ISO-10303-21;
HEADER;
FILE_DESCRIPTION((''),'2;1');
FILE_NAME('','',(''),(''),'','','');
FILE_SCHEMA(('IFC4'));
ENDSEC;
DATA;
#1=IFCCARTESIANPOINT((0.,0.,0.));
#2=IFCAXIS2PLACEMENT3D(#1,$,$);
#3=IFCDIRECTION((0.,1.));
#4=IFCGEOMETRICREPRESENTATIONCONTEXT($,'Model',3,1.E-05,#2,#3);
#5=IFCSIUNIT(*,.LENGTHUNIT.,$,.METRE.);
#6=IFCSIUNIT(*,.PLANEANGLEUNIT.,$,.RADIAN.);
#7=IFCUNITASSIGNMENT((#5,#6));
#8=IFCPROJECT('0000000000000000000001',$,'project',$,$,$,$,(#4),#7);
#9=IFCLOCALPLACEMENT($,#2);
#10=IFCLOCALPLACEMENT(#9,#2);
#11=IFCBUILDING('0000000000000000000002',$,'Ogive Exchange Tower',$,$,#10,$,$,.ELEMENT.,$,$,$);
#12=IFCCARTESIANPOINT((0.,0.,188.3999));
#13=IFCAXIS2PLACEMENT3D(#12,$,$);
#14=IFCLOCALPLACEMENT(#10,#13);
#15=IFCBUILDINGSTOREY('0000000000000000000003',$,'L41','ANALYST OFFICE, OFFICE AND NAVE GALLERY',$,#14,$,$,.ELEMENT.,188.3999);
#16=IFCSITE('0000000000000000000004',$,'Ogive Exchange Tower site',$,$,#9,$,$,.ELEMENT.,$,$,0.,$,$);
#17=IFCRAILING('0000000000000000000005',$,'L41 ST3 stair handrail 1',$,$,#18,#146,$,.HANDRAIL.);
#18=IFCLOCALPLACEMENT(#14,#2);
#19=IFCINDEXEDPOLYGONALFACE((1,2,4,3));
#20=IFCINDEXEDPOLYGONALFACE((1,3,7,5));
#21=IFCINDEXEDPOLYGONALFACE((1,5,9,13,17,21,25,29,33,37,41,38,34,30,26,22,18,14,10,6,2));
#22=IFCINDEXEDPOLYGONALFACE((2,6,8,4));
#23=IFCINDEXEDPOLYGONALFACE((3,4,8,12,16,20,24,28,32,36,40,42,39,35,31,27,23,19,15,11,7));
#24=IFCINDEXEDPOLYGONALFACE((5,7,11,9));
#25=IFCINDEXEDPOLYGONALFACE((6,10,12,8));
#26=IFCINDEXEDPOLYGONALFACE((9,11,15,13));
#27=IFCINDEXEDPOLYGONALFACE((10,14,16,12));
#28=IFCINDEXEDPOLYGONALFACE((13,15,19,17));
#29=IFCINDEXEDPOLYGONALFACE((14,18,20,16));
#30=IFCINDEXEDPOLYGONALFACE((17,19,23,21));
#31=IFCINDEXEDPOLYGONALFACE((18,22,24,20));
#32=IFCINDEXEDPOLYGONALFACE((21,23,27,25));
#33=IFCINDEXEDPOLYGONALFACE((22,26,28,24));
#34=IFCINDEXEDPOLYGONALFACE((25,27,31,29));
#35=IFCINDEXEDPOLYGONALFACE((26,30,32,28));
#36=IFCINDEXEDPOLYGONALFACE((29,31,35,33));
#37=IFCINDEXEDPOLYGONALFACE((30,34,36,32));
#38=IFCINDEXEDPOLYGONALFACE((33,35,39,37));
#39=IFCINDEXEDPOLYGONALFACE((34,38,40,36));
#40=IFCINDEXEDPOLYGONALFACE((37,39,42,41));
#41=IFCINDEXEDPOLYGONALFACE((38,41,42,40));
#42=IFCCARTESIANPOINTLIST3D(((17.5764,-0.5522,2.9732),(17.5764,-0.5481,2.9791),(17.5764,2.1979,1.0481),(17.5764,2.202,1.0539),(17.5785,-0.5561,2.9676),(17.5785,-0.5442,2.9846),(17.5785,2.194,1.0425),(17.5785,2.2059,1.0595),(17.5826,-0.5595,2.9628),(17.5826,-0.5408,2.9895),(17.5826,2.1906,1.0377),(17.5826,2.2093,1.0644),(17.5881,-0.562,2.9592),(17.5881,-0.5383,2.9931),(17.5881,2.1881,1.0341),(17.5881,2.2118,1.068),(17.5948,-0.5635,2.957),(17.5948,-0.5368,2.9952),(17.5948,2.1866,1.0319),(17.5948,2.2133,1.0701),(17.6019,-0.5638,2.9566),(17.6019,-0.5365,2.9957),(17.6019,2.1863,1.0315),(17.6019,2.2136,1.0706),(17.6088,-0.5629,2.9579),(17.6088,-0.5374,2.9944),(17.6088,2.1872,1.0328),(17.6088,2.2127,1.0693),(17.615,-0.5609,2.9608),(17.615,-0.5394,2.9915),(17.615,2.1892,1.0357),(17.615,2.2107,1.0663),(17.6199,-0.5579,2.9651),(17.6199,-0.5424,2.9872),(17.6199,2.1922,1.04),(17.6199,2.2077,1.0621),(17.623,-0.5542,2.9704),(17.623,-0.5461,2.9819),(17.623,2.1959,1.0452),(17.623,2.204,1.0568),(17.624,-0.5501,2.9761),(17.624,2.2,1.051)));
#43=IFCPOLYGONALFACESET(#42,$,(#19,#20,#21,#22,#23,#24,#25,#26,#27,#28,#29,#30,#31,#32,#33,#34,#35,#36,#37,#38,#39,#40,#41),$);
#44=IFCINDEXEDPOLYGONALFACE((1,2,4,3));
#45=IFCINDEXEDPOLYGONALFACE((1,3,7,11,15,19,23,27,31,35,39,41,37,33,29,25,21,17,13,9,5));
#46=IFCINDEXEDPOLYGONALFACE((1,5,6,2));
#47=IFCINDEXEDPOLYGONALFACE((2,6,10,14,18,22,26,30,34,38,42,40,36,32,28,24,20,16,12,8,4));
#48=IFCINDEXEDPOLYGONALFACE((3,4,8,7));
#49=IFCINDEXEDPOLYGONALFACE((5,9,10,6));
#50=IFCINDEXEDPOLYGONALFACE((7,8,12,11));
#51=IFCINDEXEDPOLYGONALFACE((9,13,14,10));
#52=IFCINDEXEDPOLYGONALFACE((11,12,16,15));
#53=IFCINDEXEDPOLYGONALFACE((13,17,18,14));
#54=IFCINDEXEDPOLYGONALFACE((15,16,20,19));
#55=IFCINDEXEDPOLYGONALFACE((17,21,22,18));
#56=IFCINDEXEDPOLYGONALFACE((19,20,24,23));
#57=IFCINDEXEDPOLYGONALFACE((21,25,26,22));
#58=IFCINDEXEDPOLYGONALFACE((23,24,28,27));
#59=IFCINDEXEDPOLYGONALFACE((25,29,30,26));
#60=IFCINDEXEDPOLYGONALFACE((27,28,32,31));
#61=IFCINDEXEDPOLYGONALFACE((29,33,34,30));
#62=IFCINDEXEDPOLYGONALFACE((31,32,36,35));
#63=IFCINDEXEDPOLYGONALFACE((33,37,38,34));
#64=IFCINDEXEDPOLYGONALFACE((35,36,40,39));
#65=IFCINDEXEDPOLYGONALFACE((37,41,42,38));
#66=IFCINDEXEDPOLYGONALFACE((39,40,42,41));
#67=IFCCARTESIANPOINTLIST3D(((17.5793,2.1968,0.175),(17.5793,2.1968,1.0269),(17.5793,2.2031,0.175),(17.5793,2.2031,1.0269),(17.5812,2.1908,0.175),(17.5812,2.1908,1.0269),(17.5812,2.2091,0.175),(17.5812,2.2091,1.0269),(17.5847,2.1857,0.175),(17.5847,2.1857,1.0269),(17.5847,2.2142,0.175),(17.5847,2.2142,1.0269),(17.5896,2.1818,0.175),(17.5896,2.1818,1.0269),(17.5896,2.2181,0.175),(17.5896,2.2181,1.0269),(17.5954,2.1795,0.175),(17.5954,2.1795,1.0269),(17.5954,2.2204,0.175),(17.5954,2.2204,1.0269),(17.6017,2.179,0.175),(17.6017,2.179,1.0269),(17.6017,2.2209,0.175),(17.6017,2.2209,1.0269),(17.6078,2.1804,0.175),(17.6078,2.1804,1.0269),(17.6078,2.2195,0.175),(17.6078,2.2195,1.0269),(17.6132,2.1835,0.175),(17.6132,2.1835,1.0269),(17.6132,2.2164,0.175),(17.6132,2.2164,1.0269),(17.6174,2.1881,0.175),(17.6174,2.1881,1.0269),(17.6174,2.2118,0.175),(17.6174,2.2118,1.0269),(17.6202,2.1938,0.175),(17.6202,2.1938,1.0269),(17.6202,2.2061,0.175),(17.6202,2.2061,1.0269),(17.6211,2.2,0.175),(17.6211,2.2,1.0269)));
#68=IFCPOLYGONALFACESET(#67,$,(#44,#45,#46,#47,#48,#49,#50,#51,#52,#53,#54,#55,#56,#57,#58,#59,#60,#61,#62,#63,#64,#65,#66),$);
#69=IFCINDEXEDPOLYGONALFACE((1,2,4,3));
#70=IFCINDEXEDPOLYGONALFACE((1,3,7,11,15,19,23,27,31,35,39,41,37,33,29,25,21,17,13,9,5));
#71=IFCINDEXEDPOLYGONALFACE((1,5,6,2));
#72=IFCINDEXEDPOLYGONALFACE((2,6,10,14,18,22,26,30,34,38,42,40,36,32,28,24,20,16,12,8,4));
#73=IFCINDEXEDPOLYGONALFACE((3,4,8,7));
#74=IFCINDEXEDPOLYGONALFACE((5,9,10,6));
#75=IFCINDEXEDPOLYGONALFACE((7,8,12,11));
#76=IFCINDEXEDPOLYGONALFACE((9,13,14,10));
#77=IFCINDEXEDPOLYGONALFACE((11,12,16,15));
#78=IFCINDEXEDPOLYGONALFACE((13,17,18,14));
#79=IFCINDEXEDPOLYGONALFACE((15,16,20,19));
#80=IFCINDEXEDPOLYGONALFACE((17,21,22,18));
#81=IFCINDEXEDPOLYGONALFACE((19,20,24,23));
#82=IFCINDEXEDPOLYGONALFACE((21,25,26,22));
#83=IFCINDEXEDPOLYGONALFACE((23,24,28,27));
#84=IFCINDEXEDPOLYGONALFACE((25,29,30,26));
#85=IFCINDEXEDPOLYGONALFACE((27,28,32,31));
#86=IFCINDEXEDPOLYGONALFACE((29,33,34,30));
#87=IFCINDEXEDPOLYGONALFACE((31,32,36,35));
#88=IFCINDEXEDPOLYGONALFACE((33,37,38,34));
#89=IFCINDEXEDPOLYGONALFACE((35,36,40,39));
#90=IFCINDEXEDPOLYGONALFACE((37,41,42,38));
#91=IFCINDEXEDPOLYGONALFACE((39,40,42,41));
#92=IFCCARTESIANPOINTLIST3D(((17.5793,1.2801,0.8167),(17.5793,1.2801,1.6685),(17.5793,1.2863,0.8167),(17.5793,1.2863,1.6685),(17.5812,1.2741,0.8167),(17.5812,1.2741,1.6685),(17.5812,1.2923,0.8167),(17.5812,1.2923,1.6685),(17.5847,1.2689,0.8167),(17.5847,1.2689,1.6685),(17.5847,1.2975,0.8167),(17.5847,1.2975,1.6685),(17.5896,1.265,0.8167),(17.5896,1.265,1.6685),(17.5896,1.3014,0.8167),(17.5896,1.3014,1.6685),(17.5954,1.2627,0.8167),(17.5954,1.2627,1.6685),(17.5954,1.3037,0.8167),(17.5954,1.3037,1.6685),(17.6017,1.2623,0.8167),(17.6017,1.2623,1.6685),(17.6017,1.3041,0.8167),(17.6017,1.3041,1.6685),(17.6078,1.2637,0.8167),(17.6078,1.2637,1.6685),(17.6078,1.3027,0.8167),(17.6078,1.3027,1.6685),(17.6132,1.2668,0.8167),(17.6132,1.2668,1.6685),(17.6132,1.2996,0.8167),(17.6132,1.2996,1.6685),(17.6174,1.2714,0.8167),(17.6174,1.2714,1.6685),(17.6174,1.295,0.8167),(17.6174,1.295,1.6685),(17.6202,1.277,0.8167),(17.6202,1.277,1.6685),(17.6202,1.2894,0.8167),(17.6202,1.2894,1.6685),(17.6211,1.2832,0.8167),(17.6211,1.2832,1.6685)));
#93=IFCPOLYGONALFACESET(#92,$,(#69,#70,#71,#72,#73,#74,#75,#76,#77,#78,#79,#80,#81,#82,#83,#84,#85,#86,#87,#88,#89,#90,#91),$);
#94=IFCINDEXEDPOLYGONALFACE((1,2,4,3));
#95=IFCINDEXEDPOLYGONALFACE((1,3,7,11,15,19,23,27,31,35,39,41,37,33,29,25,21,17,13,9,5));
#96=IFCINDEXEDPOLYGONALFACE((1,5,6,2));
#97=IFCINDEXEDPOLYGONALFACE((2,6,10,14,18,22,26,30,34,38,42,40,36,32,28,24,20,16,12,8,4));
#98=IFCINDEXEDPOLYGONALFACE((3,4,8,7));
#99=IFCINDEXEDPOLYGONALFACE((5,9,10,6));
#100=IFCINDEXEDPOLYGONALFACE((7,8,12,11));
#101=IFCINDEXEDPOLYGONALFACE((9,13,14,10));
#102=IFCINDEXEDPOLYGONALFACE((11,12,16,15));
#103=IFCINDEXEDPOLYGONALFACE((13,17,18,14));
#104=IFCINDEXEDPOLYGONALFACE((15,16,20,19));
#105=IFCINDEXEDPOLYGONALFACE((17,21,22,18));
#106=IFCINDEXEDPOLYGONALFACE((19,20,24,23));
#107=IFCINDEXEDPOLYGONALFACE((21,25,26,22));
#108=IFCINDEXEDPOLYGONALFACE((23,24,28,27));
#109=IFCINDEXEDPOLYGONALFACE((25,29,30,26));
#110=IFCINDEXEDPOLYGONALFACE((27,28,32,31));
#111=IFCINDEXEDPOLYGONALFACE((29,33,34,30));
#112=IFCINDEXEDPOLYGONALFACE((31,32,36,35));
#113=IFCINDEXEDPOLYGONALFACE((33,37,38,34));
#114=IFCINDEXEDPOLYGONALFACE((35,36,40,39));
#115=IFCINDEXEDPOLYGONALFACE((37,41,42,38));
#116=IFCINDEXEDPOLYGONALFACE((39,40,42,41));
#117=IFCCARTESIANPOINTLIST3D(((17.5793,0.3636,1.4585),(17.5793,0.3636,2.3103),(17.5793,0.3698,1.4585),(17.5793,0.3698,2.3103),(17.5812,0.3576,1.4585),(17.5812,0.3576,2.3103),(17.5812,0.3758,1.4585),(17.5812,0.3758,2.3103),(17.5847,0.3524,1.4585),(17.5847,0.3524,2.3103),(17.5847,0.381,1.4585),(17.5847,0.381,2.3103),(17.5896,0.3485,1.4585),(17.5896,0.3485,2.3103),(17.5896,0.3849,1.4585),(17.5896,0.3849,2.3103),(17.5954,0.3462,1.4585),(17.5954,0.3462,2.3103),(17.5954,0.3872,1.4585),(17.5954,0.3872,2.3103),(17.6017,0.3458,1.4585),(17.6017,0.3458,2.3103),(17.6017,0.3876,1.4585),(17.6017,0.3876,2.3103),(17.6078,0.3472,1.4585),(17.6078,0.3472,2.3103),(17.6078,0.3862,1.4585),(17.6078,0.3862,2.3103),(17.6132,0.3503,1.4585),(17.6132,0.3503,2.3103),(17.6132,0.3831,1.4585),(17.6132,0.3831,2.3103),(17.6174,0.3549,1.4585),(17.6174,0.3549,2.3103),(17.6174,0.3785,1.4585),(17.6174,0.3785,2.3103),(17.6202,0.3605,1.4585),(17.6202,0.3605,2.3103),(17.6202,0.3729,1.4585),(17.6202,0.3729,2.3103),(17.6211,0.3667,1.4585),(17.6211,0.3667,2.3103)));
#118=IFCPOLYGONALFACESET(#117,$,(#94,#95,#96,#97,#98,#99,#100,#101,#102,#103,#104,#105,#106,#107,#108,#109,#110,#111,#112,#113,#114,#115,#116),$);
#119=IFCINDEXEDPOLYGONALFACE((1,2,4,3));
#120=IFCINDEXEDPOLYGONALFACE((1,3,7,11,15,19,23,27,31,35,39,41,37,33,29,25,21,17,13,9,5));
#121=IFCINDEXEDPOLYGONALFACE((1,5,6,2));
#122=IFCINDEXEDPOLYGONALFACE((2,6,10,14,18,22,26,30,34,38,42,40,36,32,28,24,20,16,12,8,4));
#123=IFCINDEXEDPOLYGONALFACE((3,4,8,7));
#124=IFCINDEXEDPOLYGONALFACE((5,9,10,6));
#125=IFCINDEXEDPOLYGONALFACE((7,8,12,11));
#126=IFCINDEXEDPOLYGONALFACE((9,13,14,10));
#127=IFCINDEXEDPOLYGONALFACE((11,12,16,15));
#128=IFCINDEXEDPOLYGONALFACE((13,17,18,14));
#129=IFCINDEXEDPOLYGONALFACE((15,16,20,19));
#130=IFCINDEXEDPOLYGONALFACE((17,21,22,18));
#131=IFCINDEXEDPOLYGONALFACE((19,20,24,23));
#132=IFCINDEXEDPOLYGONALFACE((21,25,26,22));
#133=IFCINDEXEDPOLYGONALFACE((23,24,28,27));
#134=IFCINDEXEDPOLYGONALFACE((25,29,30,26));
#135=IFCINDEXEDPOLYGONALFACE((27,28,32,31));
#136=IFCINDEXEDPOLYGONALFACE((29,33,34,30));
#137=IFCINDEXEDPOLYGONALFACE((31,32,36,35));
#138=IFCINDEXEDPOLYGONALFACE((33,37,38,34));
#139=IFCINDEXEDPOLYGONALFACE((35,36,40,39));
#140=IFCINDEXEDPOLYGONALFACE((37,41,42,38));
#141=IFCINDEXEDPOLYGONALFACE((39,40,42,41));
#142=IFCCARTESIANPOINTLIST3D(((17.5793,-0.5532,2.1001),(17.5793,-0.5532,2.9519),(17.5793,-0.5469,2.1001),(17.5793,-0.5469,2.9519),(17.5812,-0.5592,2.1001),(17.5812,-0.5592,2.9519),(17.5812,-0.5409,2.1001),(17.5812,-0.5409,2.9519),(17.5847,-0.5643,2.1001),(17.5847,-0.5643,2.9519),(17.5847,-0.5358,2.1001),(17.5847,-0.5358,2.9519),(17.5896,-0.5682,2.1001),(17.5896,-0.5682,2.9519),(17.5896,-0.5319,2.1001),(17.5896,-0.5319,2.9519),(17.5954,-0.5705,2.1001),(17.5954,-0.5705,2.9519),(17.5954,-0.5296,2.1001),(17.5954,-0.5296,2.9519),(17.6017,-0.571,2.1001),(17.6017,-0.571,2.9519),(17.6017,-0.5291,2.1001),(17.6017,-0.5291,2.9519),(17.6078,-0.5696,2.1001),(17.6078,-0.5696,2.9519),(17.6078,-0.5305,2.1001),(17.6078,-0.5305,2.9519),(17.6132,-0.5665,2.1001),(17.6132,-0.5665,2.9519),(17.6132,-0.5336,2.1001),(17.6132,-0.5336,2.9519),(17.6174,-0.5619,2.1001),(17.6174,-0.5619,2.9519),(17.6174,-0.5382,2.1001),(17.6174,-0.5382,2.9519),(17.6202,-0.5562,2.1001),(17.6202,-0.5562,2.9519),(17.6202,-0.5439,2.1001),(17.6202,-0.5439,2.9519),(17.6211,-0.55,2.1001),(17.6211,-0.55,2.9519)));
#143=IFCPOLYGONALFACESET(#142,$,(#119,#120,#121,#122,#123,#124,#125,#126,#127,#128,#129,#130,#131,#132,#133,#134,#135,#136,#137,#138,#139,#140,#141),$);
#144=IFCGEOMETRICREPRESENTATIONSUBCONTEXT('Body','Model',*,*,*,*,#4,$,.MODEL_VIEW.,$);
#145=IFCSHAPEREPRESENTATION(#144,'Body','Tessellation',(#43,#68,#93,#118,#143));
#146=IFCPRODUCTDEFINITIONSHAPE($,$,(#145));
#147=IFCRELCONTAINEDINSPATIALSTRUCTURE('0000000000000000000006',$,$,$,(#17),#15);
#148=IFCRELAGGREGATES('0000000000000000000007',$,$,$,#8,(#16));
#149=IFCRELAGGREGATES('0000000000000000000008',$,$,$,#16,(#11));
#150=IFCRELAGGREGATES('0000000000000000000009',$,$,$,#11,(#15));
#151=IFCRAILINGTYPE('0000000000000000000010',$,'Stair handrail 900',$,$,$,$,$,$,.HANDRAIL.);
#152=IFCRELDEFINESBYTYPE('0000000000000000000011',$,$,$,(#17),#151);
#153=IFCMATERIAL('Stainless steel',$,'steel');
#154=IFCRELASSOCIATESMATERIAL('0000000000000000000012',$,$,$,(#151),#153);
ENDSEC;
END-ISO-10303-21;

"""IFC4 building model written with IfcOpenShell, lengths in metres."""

from ifc_helpers import new_model, si_unit, direction, frame, origin, origin_2d, place, context, subcontext, project, spatial, circle, extrude, material, type_object, element, save


model = new_model("IFC4")

# Units and contexts
model_context = context("Model", 3, precision=1e-05, world=origin(), true_north=direction((0.0, 1.0)))
body_context = subcontext(model_context, "Body", "Model", "MODEL_VIEW")
ifc_project = project(units=[si_unit("LENGTHUNIT", "METRE"), si_unit("PLANEANGLEUNIT", "RADIAN")], contexts=[model_context])

# Site, building, storey
site_placement = place(None, origin())
site = spatial("IfcSite", under=ifc_project, at=site_placement, Name="Ogive Exchange Tower site", CompositionType="ELEMENT", RefElevation=0.0)
building_placement = place(site_placement, origin())
building = spatial("IfcBuilding", under=site, at=building_placement, Name="Ogive Exchange Tower", CompositionType="ELEMENT")
storey_placement = place(building_placement, frame((0.0, 0.0, 188.3999)))
storey = spatial("IfcBuildingStorey", under=building, at=storey_placement, Name="L41", Description="ANALYST OFFICE, OFFICE AND NAVE GALLERY", CompositionType="ELEMENT", Elevation=188.3999)

# Railing
ifc_material_1 = material(Name="Stainless steel", Category="steel")
railing_type = type_object("IfcRailingType", Name="Stair handrail 900", PredefinedType="HANDRAIL", material=ifc_material_1)
railing_placement = place(storey_placement, frame((17.6001, 2.2, 0.175)))
element("IfcRailing", 1, at=railing_placement, inside=storey, type_object=railing_type, Name="L41 ST3 stair handrail 1", PredefinedType="HANDRAIL", context=body_context, shape_type="SweptSolid", body=[
    extrude(circle(Radius=0.0239, at=origin_2d()), frame((0.0, 0.0, 0.876), z_axis=(0.0, -0.819225, 0.573472), x_axis=(1.0, 0.0, 0.0)), (0.0, 0.0, 1.0), 3.3569),
    extrude(circle(Radius=0.021, at=origin_2d()), origin(), (0.0, 0.0, 1.0), 0.8518),
    extrude(circle(Radius=0.021, at=origin_2d()), frame((0.0, -0.9167, 0.6416)), (0.0, 0.0, 1.0), 0.8518),
    extrude(circle(Radius=0.021, at=origin_2d()), frame((0.0, -1.8333, 1.2834)), (0.0, 0.0, 1.0), 0.8518),
    extrude(circle(Radius=0.021, at=origin_2d()), frame((0.0, -2.75, 1.925)), (0.0, 0.0, 1.0), 0.8518),
])

save(model, "model.ifc")
